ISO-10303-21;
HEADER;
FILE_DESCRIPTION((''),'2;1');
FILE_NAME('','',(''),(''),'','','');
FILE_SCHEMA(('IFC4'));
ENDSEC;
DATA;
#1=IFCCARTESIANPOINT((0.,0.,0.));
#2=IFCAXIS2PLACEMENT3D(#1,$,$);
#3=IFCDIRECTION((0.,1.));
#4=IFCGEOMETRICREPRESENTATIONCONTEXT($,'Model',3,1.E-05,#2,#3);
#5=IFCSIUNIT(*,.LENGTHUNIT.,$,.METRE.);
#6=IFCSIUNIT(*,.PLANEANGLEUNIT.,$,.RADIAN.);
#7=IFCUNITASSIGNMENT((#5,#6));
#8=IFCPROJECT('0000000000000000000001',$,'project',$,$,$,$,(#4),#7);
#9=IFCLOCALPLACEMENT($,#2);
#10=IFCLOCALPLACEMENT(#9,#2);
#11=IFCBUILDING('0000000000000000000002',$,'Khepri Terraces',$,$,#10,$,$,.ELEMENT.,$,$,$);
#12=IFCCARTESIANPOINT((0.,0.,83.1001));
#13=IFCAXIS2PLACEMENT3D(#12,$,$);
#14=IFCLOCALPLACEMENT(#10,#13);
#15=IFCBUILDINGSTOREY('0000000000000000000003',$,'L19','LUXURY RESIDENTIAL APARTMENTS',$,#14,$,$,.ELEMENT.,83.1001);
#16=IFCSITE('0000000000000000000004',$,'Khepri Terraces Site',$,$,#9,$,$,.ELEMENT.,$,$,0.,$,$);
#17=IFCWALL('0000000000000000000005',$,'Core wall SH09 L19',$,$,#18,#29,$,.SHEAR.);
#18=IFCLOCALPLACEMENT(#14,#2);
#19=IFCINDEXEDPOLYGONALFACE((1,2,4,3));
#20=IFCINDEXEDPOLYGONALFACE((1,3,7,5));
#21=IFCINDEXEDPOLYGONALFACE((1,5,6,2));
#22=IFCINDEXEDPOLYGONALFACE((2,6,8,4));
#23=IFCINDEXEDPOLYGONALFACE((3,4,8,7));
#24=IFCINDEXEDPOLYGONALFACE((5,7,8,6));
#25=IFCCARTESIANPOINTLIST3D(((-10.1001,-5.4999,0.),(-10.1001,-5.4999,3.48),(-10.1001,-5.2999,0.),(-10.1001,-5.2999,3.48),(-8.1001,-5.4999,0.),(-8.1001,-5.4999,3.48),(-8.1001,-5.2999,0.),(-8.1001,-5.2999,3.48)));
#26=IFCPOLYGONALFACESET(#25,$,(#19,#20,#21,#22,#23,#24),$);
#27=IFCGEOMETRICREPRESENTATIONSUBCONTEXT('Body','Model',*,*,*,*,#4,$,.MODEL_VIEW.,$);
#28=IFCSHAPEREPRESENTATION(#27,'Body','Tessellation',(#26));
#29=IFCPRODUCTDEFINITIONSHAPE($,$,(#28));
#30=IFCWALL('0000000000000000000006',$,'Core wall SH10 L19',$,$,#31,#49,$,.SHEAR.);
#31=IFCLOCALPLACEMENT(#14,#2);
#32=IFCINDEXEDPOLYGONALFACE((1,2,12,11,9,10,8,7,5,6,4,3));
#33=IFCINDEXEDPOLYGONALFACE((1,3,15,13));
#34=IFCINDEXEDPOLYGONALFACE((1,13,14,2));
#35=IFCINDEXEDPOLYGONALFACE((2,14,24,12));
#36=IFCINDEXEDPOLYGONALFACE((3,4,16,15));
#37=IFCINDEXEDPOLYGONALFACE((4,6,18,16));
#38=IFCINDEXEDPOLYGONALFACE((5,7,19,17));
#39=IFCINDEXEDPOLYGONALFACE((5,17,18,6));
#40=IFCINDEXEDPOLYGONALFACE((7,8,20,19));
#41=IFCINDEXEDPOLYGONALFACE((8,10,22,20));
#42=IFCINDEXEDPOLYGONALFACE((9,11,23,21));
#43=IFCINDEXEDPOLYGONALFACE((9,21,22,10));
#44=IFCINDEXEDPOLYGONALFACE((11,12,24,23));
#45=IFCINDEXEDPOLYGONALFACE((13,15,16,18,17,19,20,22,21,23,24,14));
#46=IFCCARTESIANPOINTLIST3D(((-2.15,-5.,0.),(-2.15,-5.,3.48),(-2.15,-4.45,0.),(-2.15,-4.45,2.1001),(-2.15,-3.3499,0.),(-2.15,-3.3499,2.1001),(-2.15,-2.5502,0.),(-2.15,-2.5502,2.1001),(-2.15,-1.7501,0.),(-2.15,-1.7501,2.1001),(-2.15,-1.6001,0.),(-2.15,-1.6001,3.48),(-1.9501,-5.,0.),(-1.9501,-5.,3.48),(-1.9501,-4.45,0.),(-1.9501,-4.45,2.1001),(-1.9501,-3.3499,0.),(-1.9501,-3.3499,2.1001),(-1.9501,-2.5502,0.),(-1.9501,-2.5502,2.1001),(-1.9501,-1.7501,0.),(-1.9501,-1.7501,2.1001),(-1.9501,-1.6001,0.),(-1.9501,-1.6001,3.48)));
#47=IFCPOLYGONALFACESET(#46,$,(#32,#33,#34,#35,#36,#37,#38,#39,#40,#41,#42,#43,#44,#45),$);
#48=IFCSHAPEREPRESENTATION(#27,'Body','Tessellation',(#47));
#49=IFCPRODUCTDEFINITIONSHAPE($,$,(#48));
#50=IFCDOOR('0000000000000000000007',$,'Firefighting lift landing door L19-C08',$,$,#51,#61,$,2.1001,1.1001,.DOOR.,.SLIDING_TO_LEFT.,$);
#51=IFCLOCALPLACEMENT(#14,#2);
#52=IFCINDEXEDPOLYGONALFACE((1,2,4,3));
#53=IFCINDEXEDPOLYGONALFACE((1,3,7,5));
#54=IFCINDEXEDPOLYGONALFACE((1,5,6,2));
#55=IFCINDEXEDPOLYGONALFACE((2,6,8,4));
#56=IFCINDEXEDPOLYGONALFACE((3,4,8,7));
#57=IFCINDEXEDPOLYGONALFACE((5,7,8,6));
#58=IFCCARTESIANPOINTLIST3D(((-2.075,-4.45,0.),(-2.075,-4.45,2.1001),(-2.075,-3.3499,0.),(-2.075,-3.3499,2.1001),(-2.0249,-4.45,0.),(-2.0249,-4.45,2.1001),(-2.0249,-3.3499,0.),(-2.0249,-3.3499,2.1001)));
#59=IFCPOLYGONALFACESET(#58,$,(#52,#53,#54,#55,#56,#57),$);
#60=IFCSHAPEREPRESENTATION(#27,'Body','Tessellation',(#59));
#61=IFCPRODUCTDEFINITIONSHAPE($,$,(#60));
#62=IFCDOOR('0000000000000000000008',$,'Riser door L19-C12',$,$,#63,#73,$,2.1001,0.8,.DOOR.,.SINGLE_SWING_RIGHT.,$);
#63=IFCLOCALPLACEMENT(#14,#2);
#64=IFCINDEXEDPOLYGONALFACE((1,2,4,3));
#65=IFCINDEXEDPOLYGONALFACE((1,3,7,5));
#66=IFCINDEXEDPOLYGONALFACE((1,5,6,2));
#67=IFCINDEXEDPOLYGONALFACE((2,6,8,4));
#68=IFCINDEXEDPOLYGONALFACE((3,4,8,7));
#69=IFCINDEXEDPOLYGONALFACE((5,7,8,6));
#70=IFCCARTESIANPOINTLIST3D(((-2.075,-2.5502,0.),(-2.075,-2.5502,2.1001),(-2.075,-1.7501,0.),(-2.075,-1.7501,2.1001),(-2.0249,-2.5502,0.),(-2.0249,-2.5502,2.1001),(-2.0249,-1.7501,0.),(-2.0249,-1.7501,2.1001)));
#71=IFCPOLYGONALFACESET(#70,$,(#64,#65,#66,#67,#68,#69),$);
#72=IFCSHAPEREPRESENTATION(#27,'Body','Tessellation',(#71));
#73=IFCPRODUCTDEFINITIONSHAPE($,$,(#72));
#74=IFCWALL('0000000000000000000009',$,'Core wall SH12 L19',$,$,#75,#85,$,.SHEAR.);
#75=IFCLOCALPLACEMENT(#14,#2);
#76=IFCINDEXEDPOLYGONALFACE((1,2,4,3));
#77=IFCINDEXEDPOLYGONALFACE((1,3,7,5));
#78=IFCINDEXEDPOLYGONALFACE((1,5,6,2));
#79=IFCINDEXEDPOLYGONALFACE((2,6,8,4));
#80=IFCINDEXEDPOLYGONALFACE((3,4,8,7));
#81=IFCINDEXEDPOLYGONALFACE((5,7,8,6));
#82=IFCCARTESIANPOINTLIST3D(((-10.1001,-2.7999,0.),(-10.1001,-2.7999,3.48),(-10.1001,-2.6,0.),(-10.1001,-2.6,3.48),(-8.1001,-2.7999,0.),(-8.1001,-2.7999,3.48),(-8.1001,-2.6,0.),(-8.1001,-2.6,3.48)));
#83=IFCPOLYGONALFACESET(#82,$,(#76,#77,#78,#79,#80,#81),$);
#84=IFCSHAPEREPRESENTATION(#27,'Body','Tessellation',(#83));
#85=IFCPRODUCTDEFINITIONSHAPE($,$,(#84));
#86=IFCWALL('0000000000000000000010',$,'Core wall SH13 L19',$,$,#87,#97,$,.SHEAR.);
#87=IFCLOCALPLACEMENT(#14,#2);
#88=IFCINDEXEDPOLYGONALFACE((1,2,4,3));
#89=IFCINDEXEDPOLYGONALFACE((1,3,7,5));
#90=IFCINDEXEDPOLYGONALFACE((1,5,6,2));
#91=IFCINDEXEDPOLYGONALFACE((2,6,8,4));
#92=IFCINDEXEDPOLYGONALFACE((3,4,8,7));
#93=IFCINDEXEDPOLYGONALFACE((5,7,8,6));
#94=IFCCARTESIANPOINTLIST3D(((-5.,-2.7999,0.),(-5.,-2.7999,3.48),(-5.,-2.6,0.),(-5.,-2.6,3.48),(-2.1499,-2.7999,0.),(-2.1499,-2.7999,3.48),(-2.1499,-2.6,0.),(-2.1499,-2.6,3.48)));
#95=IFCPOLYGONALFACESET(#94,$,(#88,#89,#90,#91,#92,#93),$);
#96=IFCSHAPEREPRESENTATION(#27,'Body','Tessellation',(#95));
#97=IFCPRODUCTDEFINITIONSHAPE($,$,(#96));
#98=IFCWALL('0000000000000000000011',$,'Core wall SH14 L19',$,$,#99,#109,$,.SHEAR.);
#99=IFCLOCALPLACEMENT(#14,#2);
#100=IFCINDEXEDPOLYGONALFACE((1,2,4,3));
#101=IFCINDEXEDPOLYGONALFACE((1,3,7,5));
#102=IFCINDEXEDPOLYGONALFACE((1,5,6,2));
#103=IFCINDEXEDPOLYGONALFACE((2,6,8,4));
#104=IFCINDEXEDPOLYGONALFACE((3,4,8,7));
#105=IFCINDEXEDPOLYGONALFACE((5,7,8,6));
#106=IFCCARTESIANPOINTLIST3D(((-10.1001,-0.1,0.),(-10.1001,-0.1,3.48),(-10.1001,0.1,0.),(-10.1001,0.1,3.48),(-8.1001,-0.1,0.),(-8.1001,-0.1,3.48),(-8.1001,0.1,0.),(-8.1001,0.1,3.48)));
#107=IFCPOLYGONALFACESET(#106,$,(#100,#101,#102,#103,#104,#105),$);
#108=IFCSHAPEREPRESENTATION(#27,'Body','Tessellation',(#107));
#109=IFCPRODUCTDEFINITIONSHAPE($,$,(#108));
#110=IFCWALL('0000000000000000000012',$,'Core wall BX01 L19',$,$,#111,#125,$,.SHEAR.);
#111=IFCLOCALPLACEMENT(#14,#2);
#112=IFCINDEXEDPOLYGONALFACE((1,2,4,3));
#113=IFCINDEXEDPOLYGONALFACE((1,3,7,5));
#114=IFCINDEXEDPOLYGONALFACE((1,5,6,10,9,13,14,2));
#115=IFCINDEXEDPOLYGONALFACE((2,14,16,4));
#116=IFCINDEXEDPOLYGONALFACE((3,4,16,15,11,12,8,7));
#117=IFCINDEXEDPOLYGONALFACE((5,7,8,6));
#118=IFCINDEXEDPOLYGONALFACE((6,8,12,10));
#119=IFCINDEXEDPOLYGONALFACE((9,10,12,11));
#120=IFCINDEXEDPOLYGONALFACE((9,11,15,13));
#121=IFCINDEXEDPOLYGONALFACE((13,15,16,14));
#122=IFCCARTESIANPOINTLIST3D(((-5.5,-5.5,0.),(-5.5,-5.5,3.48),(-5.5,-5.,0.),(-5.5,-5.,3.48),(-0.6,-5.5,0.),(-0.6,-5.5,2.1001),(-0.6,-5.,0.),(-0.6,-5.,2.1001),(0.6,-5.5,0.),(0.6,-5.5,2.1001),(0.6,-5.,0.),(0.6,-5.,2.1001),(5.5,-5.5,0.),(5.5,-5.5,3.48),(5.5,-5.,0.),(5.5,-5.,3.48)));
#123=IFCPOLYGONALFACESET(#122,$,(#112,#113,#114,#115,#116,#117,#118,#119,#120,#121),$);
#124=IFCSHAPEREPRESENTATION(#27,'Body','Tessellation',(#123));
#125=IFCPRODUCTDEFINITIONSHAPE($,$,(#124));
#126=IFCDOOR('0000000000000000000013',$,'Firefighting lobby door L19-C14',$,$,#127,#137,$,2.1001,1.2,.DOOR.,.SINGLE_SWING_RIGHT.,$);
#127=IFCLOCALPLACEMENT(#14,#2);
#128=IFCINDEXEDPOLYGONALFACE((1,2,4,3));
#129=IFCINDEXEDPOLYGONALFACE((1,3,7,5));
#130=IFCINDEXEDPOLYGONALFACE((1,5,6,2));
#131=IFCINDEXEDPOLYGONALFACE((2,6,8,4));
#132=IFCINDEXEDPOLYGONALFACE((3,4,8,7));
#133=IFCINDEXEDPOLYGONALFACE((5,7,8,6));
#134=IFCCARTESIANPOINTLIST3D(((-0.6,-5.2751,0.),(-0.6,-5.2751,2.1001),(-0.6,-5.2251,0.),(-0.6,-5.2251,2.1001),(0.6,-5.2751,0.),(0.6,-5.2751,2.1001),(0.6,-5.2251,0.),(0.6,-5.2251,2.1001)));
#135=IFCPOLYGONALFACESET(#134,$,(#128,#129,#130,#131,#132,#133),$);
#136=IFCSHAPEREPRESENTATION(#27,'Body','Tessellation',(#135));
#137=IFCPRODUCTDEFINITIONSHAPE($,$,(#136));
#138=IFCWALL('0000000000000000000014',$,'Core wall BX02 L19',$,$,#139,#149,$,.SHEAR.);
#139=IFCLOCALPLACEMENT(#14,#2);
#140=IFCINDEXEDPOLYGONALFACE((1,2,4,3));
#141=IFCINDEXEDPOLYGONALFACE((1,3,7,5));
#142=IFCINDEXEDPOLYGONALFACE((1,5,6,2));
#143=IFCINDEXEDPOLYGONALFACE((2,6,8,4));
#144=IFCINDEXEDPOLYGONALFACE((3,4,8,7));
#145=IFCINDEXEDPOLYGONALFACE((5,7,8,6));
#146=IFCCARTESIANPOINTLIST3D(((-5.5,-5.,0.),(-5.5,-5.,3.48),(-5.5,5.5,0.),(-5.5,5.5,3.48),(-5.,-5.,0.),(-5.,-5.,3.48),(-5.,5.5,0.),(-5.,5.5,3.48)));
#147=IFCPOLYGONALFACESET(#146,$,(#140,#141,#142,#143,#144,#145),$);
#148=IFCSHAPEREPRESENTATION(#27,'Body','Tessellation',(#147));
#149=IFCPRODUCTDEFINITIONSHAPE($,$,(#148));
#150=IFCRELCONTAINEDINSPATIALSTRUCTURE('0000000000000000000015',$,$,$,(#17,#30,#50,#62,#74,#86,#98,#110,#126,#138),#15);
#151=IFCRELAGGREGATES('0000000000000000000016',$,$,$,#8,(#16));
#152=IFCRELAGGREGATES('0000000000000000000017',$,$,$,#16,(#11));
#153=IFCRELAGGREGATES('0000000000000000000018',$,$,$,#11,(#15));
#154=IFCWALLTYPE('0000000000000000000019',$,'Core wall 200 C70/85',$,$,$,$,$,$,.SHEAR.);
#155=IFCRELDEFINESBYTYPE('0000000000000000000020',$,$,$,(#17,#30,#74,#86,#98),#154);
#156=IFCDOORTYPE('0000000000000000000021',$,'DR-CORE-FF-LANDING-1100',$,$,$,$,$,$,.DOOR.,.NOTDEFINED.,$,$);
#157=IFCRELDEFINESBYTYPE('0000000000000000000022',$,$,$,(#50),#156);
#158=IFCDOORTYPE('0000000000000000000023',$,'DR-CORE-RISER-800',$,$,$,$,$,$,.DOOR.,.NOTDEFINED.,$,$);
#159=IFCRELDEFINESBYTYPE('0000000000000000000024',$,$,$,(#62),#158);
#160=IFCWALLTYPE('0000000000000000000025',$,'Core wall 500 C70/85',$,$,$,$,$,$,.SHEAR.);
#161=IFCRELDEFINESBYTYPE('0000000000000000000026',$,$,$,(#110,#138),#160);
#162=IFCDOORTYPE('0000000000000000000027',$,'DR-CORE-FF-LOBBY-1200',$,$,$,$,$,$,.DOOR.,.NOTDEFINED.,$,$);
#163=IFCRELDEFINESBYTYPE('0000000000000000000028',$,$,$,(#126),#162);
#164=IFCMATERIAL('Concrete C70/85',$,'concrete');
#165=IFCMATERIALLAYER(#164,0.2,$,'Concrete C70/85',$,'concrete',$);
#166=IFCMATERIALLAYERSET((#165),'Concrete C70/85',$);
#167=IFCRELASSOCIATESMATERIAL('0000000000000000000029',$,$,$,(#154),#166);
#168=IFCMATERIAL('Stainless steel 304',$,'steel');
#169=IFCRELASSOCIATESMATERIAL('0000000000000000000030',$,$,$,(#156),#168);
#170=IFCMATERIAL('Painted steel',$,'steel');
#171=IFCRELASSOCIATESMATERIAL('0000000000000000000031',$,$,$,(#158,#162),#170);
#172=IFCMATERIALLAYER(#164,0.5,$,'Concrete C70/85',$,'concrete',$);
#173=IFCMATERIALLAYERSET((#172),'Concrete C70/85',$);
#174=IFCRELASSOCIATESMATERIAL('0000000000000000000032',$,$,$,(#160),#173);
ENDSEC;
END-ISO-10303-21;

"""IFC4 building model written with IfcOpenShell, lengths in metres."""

from ifc_helpers import new_model, si_unit, direction, frame, frame_2d, origin, place, context, subcontext, project, spatial, rectangle, extrude, material, layer, layer_set, type_object, element, fill, save


model = new_model("IFC4")

# Units and contexts
model_context = context("Model", 3, precision=1e-05, world=origin(), true_north=direction((0.0, 1.0)))
body_context = subcontext(model_context, "Body", "Model", "MODEL_VIEW")
ifc_project = project(units=[si_unit("LENGTHUNIT", "METRE"), si_unit("PLANEANGLEUNIT", "RADIAN")], contexts=[model_context])

# Site, building, storey
site_placement = place(None, origin())
site = spatial("IfcSite", under=ifc_project, at=site_placement, Name="Khepri Terraces Site", CompositionType="ELEMENT", RefElevation=0.0)
building_placement = place(site_placement, origin())
building = spatial("IfcBuilding", under=site, at=building_placement, Name="Khepri Terraces", CompositionType="ELEMENT")
storey_placement = place(building_placement, frame((0.0, 0.0, 83.1001)))
storey = spatial("IfcBuildingStorey", under=building, at=storey_placement, Name="L19", Description="LUXURY RESIDENTIAL APARTMENTS", CompositionType="ELEMENT", Elevation=83.1001)

# Shared definitions
ifc_material_1 = material(Name="Concrete C70/85", Category="concrete")
ifc_layer_1 = layer(ifc_material_1, 0.2, Name="Concrete C70/85", Category="concrete")
ifc_layer_set_1 = layer_set([ifc_layer_1], Name="Concrete C70/85")
wall_type_1 = type_object("IfcWallType", Name="Core wall 200 C70/85", PredefinedType="SHEAR", material=ifc_layer_set_1)

# Shared definitions
ifc_material_2 = material(Name="Painted steel", Category="steel")

# Shared definitions
ifc_material_3 = material(Name="Stainless steel 304", Category="steel")

# Wall
wall_1_placement = place(storey_placement, frame((-10.1001, -5.3999, 0.0), z_axis=(0.0, 0.0, 1.0), x_axis=(1.0, 0.0, 0.0)))
element("IfcWall", 1, at=wall_1_placement, inside=storey, type_object=wall_type_1, Name="Core wall SH09 L19", PredefinedType="SHEAR", context=body_context, shape_type="SweptSolid", body=[
    extrude(rectangle(XDim=2.0, YDim=0.2, at=frame_2d((1.0, 0.0))), origin(), (0.0, 0.0, 1.0), 3.48),
])

# Wall, openings, doors
wall_2_placement = place(storey_placement, frame((-2.05, -5.0, 0.0), z_axis=(0.0, 0.0, 1.0), x_axis=(0.0, 1.0, 0.0)))
wall_2 = element("IfcWall", 2, at=wall_2_placement, inside=storey, type_object=wall_type_1, Name="Core wall SH10 L19", PredefinedType="SHEAR", context=body_context, shape_type="SweptSolid", body=[
    extrude(rectangle(XDim=3.3999, YDim=0.2, at=frame_2d((1.7, 0.0))), origin(), (0.0, 0.0, 1.0), 3.48),
])
opening_1_placement = place(wall_2_placement, frame((0.55, 0.0, 0.0)))
opening_1 = element("IfcOpeningElement", 3, at=opening_1_placement, cuts=wall_2, PredefinedType="OPENING", context=body_context, shape_type="SweptSolid", body=[
    extrude(rectangle(XDim=1.1001, YDim=2.1001, at=frame_2d((0.55, 1.05))), frame((0.0, 0.1099, 0.0), z_axis=(0.0, -1.0, 0.0), x_axis=(1.0, 0.0, 0.0)), (0.0, 0.0, 1.0), 0.22),
])
opening_2_placement = place(wall_2_placement, frame((2.45, 0.0, 0.0)))
opening_2 = element("IfcOpeningElement", 4, at=opening_2_placement, cuts=wall_2, PredefinedType="OPENING", context=body_context, shape_type="SweptSolid", body=[
    extrude(rectangle(XDim=0.8, YDim=2.1001, at=frame_2d((0.3999, 1.05))), frame((0.0, 0.1099, 0.0), z_axis=(0.0, -1.0, 0.0), x_axis=(1.0, 0.0, 0.0)), (0.0, 0.0, 1.0), 0.22),
])
door_type_1 = type_object("IfcDoorType", Name="DR-CORE-FF-LANDING-1100", OperationType="NOTDEFINED", PredefinedType="DOOR", material=ifc_material_3)
door_1_placement = place(opening_1_placement, origin())
door_1 = element("IfcDoor", 5, at=door_1_placement, inside=storey, type_object=door_type_1, Name="Firefighting lift landing door L19-C08", OperationType="SLIDING_TO_LEFT", OverallHeight=2.1001, OverallWidth=1.1001, PredefinedType="DOOR", context=body_context, shape_type="SweptSolid", body=[
    extrude(rectangle(XDim=1.1001, YDim=2.1001, at=frame_2d((0.55, 1.05))), frame((0.0, 0.0249, 0.0), z_axis=(0.0, -1.0, 0.0), x_axis=(1.0, 0.0, 0.0)), (0.0, 0.0, 1.0), 0.05),
])
fill(opening_1, door_1)
door_type_2 = type_object("IfcDoorType", Name="DR-CORE-RISER-800", OperationType="NOTDEFINED", PredefinedType="DOOR", material=ifc_material_2)
door_2_placement = place(opening_2_placement, origin())
door_2 = element("IfcDoor", 6, at=door_2_placement, inside=storey, type_object=door_type_2, Name="Riser door L19-C12", OperationType="SINGLE_SWING_RIGHT", OverallHeight=2.1001, OverallWidth=0.8, PredefinedType="DOOR", context=body_context, shape_type="SweptSolid", body=[
    extrude(rectangle(XDim=0.8, YDim=2.1001, at=frame_2d((0.3999, 1.05))), frame((0.0, 0.0249, 0.0), z_axis=(0.0, -1.0, 0.0), x_axis=(1.0, 0.0, 0.0)), (0.0, 0.0, 1.0), 0.05),
])
fill(opening_2, door_2)

# Walls
wall_3_placement = place(storey_placement, frame((-10.1001, -2.7, 0.0), z_axis=(0.0, 0.0, 1.0), x_axis=(1.0, 0.0, 0.0)))
element("IfcWall", 7, at=wall_3_placement, inside=storey, type_object=wall_type_1, Name="Core wall SH12 L19", PredefinedType="SHEAR", context=body_context, shape_type="SweptSolid", body=[
    extrude(rectangle(XDim=2.0, YDim=0.2, at=frame_2d((1.0, 0.0))), origin(), (0.0, 0.0, 1.0), 3.48),
])
wall_4_placement = place(storey_placement, frame((-5.0, -2.7, 0.0), z_axis=(0.0, 0.0, 1.0), x_axis=(1.0, 0.0, 0.0)))
element("IfcWall", 8, at=wall_4_placement, inside=storey, type_object=wall_type_1, Name="Core wall SH13 L19", PredefinedType="SHEAR", context=body_context, shape_type="SweptSolid", body=[
    extrude(rectangle(XDim=2.8501, YDim=0.2, at=frame_2d((1.425, 0.0))), origin(), (0.0, 0.0, 1.0), 3.48),
])
wall_5_placement = place(storey_placement, frame((-10.1001, 0.0, 0.0), z_axis=(0.0, 0.0, 1.0), x_axis=(1.0, 0.0, 0.0)))
element("IfcWall", 9, at=wall_5_placement, inside=storey, type_object=wall_type_1, Name="Core wall SH14 L19", PredefinedType="SHEAR", context=body_context, shape_type="SweptSolid", body=[
    extrude(rectangle(XDim=2.0, YDim=0.2, at=frame_2d((1.0, 0.0))), origin(), (0.0, 0.0, 1.0), 3.48),
])

# Wall, opening, door
ifc_layer_2 = layer(ifc_material_1, 0.5, Name="Concrete C70/85", Category="concrete")
ifc_layer_set_2 = layer_set([ifc_layer_2], Name="Concrete C70/85")
wall_type_2 = type_object("IfcWallType", Name="Core wall 500 C70/85", PredefinedType="SHEAR", material=ifc_layer_set_2)
wall_6_placement = place(storey_placement, frame((-5.5, -5.25, 0.0), z_axis=(0.0, 0.0, 1.0), x_axis=(1.0, 0.0, 0.0)))
wall_6 = element("IfcWall", 10, at=wall_6_placement, inside=storey, type_object=wall_type_2, Name="Core wall BX01 L19", PredefinedType="SHEAR", context=body_context, shape_type="SweptSolid", body=[
    extrude(rectangle(XDim=11.0, YDim=0.5, at=frame_2d((5.5, 0.0))), origin(), (0.0, 0.0, 1.0), 3.48),
])
opening_3_placement = place(wall_6_placement, frame((4.8999, 0.0, 0.0)))
opening_3 = element("IfcOpeningElement", 11, at=opening_3_placement, cuts=wall_6, PredefinedType="OPENING", context=body_context, shape_type="SweptSolid", body=[
    extrude(rectangle(XDim=1.2, YDim=2.1001, at=frame_2d((0.6001, 1.05))), frame((0.0, 0.26, 0.0), z_axis=(0.0, -1.0, 0.0), x_axis=(1.0, 0.0, 0.0)), (0.0, 0.0, 1.0), 0.52),
])
door_type_3 = type_object("IfcDoorType", Name="DR-CORE-FF-LOBBY-1200", OperationType="NOTDEFINED", PredefinedType="DOOR", material=ifc_material_2)
door_3_placement = place(opening_3_placement, origin())
door_3 = element("IfcDoor", 12, at=door_3_placement, inside=storey, type_object=door_type_3, Name="Firefighting lobby door L19-C14", OperationType="SINGLE_SWING_RIGHT", OverallHeight=2.1001, OverallWidth=1.2, PredefinedType="DOOR", context=body_context, shape_type="SweptSolid", body=[
    extrude(rectangle(XDim=1.2, YDim=2.1001, at=frame_2d((0.6001, 1.05))), frame((0.0, 0.0249, 0.0), z_axis=(0.0, -1.0, 0.0), x_axis=(1.0, 0.0, 0.0)), (0.0, 0.0, 1.0), 0.05),
])
fill(opening_3, door_3)

# Wall
wall_7_placement = place(storey_placement, frame((-5.25, -5.0, 0.0), z_axis=(0.0, 0.0, 1.0), x_axis=(0.0, 1.0, 0.0)))
element("IfcWall", 13, at=wall_7_placement, inside=storey, type_object=wall_type_2, Name="Core wall BX02 L19", PredefinedType="SHEAR", context=body_context, shape_type="SweptSolid", body=[
    extrude(rectangle(XDim=10.5, YDim=0.5, at=frame_2d((5.25, 0.0))), origin(), (0.0, 0.0, 1.0), 3.48),
])

save(model, "model.ifc")
